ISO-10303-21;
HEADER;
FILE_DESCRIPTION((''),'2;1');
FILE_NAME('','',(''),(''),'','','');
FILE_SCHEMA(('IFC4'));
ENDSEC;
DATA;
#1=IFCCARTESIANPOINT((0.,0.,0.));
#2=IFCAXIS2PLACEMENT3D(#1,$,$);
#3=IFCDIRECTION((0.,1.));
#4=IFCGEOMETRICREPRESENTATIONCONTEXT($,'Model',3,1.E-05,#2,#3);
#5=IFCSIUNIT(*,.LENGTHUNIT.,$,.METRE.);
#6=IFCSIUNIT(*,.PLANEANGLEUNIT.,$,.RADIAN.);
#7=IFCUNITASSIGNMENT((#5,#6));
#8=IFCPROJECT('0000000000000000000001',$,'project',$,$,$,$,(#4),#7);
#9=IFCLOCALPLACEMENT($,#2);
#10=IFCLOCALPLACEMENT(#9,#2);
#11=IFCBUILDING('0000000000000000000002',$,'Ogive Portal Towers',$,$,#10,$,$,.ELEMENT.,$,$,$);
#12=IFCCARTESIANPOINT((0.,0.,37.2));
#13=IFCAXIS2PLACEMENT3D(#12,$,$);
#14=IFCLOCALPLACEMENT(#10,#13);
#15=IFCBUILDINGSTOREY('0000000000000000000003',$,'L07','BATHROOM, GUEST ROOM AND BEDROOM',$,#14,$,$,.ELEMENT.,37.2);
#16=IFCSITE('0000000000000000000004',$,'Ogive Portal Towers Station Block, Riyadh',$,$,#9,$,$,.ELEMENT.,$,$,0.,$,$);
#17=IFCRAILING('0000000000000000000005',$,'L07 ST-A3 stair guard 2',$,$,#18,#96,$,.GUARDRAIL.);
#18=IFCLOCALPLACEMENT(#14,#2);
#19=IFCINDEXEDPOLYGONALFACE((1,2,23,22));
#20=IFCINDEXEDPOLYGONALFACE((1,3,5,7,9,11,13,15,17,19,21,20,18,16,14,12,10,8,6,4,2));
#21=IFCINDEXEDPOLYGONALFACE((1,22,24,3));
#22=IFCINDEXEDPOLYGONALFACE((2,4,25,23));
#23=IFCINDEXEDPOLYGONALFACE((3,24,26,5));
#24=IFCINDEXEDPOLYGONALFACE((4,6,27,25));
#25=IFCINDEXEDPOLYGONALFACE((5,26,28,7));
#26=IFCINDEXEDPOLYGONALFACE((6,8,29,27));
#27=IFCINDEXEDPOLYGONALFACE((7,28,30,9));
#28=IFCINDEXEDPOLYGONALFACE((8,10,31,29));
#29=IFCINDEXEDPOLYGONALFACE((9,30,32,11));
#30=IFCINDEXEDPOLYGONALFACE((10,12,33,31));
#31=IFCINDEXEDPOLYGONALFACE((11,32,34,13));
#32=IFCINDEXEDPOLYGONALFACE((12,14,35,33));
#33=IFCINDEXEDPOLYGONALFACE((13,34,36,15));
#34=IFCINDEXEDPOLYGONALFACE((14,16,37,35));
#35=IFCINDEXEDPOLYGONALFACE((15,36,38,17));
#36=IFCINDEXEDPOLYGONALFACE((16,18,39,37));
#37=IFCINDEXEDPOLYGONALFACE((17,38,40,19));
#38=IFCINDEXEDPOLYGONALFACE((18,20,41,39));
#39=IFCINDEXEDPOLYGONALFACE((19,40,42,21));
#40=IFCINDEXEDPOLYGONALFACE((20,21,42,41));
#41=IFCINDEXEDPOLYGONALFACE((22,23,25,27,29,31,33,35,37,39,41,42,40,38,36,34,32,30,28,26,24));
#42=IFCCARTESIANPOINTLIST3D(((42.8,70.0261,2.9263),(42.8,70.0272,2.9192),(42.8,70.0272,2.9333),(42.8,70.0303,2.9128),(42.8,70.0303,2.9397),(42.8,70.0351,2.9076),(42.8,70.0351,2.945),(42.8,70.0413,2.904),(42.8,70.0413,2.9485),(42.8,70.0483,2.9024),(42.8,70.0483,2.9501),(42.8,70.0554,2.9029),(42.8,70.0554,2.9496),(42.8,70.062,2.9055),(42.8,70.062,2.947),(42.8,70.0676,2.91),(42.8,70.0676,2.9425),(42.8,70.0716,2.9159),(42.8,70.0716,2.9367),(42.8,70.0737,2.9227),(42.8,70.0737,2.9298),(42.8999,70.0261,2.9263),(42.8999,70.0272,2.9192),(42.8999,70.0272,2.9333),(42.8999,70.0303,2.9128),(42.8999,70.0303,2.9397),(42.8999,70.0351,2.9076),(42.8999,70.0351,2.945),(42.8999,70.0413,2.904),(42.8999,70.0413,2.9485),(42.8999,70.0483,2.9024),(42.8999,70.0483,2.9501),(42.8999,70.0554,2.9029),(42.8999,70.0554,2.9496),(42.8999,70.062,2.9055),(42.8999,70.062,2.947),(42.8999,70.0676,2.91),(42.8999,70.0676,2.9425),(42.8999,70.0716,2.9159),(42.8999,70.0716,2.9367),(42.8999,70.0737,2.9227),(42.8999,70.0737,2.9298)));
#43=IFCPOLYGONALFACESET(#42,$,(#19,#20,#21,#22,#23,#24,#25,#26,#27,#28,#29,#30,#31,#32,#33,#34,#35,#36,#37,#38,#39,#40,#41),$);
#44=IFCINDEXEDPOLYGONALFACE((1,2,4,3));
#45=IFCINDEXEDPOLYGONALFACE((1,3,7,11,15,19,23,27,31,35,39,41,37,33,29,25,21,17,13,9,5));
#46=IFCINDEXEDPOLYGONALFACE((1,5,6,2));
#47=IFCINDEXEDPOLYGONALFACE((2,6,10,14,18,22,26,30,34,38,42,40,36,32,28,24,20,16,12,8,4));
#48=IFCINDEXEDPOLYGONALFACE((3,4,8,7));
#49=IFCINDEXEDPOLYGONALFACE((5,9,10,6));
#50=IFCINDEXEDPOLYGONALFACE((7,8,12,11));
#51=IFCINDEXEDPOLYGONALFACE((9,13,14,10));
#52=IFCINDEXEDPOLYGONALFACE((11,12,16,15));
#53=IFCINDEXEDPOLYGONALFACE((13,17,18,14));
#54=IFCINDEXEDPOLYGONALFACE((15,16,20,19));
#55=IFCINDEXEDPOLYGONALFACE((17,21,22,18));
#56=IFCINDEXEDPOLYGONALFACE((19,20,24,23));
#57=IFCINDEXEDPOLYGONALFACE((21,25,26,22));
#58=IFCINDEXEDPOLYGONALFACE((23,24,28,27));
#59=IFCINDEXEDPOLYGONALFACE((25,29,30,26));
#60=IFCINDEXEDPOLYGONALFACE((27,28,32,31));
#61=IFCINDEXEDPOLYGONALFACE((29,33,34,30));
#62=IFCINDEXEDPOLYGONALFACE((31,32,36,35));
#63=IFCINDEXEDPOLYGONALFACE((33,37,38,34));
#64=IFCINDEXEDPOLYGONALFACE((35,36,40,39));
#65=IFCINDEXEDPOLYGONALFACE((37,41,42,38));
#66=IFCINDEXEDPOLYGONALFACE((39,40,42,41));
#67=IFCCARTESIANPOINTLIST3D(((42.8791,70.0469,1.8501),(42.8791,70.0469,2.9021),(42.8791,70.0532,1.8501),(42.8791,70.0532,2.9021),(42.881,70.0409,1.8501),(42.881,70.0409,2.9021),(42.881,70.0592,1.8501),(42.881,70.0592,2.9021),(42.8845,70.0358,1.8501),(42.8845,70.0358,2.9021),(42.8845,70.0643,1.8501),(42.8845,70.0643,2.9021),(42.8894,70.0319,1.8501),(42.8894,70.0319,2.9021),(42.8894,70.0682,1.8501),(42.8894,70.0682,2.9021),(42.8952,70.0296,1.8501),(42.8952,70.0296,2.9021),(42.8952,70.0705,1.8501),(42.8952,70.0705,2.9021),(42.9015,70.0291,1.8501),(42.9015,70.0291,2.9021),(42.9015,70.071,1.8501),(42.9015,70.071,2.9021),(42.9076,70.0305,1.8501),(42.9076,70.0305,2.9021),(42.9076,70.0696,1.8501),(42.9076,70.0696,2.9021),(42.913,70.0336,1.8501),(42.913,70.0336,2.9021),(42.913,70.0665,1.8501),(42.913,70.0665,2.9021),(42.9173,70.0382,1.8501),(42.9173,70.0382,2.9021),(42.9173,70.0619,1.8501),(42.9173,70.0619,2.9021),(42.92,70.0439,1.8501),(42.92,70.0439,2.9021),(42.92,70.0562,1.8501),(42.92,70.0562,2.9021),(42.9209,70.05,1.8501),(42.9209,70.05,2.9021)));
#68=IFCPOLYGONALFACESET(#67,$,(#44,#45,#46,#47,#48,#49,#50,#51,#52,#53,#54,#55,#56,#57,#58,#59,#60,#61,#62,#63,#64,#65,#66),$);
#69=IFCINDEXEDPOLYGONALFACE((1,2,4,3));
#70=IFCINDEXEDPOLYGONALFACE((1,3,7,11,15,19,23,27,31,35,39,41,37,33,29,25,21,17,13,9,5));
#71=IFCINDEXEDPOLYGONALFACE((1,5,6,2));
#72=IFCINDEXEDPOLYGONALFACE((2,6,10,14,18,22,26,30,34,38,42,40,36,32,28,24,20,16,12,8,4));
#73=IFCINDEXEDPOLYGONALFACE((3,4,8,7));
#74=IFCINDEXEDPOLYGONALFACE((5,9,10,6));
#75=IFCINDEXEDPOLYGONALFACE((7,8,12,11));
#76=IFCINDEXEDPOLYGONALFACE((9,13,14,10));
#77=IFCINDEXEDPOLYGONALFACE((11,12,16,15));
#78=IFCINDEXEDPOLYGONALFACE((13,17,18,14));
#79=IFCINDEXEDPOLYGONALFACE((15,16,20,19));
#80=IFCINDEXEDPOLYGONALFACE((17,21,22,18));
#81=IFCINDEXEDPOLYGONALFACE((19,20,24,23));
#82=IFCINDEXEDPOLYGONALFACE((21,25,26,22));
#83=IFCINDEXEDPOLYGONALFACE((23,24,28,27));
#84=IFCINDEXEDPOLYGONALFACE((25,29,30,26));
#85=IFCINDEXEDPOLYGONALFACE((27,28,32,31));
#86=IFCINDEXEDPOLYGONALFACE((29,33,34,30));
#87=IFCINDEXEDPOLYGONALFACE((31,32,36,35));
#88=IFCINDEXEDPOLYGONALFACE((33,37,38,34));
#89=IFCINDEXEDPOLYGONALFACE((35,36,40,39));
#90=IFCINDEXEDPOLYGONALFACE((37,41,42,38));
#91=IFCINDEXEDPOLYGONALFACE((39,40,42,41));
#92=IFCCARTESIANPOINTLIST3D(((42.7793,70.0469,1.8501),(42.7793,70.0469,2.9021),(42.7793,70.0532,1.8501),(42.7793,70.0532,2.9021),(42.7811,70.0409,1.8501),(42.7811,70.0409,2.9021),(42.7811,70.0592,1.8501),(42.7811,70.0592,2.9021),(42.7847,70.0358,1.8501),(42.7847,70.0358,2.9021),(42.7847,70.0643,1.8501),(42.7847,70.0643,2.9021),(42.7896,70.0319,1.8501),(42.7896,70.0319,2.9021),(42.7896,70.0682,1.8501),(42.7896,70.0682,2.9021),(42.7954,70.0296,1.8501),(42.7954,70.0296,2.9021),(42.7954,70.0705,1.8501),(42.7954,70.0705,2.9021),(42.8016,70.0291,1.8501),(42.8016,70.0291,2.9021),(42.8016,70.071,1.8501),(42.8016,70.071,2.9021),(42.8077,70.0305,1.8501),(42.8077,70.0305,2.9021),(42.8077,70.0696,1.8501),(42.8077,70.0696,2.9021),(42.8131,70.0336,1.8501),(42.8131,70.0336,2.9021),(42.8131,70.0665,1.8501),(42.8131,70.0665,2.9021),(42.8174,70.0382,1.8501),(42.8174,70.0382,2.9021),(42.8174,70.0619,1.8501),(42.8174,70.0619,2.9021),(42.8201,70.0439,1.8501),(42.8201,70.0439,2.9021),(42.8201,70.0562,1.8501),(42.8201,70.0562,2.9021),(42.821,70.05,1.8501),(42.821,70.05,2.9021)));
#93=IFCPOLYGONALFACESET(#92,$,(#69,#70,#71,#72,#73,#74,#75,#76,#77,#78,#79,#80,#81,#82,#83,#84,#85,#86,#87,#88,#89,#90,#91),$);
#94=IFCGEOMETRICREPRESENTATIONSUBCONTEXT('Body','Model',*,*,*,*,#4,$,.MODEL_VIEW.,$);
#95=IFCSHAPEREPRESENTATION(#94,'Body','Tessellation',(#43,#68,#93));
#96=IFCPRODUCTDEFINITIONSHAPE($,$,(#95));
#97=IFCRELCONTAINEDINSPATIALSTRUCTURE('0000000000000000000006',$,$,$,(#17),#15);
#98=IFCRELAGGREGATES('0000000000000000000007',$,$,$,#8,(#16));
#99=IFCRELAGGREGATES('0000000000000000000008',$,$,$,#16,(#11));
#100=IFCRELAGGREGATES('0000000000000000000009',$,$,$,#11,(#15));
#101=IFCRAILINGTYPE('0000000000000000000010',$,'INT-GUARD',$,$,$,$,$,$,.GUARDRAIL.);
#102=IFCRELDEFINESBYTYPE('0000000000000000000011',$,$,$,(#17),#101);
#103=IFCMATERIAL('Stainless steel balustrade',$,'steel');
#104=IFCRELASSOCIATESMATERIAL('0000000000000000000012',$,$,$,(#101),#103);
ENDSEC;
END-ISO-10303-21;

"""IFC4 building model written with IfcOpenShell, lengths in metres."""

from ifc_helpers import new_model, si_unit, direction, frame, origin, origin_2d, place, context, subcontext, project, spatial, circle, extrude, material, type_object, element, save


model = new_model("IFC4")

# Units and contexts
model_context = context("Model", 3, precision=1e-05, world=origin(), true_north=direction((0.0, 1.0)))
body_context = subcontext(model_context, "Body", "Model", "MODEL_VIEW")
ifc_project = project(units=[si_unit("LENGTHUNIT", "METRE"), si_unit("PLANEANGLEUNIT", "RADIAN")], contexts=[model_context])

# Site, building, storey
site_placement = place(None, origin())
site = spatial("IfcSite", under=ifc_project, at=site_placement, Name="Ogive Portal Towers Station Block, Riyadh", CompositionType="ELEMENT", RefElevation=0.0)
building_placement = place(site_placement, origin())
building = spatial("IfcBuilding", under=site, at=building_placement, Name="Ogive Portal Towers", CompositionType="ELEMENT")
storey_placement = place(building_placement, frame((0.0, 0.0, 37.2)))
storey = spatial("IfcBuildingStorey", under=building, at=storey_placement, Name="L07", Description="BATHROOM, GUEST ROOM AND BEDROOM", CompositionType="ELEMENT", Elevation=37.2)

# Railing
ifc_material_1 = material(Name="Stainless steel balustrade", Category="steel")
railing_type_1 = type_object("IfcRailingType", Name="INT-GUARD", PredefinedType="GUARDRAIL", material=ifc_material_1)
railing_1_placement = place(storey_placement, frame((42.8999, 70.05, 1.8501)))
element("IfcRailing", 1, at=railing_1_placement, inside=storey, type_object=railing_type_1, Name="L07 ST-A3 stair guard 2", PredefinedType="GUARDRAIL", context=body_context, shape_type="SweptSolid", body=[
    extrude(circle(Radius=0.0239, at=origin_2d()), frame((0.0, 0.0, 1.0762), z_axis=(-1.0, 0.0, 0.0), x_axis=(0.0, -1.0, 0.0)), (0.0, 0.0, 1.0), 0.0999),
    extrude(circle(Radius=0.021, at=origin_2d()), origin(), (0.0, 0.0, 1.0), 1.052),
    extrude(circle(Radius=0.021, at=origin_2d()), frame((-0.0999, 0.0, 0.0)), (0.0, 0.0, 1.0), 1.052),
])

save(model, "model.ifc")
